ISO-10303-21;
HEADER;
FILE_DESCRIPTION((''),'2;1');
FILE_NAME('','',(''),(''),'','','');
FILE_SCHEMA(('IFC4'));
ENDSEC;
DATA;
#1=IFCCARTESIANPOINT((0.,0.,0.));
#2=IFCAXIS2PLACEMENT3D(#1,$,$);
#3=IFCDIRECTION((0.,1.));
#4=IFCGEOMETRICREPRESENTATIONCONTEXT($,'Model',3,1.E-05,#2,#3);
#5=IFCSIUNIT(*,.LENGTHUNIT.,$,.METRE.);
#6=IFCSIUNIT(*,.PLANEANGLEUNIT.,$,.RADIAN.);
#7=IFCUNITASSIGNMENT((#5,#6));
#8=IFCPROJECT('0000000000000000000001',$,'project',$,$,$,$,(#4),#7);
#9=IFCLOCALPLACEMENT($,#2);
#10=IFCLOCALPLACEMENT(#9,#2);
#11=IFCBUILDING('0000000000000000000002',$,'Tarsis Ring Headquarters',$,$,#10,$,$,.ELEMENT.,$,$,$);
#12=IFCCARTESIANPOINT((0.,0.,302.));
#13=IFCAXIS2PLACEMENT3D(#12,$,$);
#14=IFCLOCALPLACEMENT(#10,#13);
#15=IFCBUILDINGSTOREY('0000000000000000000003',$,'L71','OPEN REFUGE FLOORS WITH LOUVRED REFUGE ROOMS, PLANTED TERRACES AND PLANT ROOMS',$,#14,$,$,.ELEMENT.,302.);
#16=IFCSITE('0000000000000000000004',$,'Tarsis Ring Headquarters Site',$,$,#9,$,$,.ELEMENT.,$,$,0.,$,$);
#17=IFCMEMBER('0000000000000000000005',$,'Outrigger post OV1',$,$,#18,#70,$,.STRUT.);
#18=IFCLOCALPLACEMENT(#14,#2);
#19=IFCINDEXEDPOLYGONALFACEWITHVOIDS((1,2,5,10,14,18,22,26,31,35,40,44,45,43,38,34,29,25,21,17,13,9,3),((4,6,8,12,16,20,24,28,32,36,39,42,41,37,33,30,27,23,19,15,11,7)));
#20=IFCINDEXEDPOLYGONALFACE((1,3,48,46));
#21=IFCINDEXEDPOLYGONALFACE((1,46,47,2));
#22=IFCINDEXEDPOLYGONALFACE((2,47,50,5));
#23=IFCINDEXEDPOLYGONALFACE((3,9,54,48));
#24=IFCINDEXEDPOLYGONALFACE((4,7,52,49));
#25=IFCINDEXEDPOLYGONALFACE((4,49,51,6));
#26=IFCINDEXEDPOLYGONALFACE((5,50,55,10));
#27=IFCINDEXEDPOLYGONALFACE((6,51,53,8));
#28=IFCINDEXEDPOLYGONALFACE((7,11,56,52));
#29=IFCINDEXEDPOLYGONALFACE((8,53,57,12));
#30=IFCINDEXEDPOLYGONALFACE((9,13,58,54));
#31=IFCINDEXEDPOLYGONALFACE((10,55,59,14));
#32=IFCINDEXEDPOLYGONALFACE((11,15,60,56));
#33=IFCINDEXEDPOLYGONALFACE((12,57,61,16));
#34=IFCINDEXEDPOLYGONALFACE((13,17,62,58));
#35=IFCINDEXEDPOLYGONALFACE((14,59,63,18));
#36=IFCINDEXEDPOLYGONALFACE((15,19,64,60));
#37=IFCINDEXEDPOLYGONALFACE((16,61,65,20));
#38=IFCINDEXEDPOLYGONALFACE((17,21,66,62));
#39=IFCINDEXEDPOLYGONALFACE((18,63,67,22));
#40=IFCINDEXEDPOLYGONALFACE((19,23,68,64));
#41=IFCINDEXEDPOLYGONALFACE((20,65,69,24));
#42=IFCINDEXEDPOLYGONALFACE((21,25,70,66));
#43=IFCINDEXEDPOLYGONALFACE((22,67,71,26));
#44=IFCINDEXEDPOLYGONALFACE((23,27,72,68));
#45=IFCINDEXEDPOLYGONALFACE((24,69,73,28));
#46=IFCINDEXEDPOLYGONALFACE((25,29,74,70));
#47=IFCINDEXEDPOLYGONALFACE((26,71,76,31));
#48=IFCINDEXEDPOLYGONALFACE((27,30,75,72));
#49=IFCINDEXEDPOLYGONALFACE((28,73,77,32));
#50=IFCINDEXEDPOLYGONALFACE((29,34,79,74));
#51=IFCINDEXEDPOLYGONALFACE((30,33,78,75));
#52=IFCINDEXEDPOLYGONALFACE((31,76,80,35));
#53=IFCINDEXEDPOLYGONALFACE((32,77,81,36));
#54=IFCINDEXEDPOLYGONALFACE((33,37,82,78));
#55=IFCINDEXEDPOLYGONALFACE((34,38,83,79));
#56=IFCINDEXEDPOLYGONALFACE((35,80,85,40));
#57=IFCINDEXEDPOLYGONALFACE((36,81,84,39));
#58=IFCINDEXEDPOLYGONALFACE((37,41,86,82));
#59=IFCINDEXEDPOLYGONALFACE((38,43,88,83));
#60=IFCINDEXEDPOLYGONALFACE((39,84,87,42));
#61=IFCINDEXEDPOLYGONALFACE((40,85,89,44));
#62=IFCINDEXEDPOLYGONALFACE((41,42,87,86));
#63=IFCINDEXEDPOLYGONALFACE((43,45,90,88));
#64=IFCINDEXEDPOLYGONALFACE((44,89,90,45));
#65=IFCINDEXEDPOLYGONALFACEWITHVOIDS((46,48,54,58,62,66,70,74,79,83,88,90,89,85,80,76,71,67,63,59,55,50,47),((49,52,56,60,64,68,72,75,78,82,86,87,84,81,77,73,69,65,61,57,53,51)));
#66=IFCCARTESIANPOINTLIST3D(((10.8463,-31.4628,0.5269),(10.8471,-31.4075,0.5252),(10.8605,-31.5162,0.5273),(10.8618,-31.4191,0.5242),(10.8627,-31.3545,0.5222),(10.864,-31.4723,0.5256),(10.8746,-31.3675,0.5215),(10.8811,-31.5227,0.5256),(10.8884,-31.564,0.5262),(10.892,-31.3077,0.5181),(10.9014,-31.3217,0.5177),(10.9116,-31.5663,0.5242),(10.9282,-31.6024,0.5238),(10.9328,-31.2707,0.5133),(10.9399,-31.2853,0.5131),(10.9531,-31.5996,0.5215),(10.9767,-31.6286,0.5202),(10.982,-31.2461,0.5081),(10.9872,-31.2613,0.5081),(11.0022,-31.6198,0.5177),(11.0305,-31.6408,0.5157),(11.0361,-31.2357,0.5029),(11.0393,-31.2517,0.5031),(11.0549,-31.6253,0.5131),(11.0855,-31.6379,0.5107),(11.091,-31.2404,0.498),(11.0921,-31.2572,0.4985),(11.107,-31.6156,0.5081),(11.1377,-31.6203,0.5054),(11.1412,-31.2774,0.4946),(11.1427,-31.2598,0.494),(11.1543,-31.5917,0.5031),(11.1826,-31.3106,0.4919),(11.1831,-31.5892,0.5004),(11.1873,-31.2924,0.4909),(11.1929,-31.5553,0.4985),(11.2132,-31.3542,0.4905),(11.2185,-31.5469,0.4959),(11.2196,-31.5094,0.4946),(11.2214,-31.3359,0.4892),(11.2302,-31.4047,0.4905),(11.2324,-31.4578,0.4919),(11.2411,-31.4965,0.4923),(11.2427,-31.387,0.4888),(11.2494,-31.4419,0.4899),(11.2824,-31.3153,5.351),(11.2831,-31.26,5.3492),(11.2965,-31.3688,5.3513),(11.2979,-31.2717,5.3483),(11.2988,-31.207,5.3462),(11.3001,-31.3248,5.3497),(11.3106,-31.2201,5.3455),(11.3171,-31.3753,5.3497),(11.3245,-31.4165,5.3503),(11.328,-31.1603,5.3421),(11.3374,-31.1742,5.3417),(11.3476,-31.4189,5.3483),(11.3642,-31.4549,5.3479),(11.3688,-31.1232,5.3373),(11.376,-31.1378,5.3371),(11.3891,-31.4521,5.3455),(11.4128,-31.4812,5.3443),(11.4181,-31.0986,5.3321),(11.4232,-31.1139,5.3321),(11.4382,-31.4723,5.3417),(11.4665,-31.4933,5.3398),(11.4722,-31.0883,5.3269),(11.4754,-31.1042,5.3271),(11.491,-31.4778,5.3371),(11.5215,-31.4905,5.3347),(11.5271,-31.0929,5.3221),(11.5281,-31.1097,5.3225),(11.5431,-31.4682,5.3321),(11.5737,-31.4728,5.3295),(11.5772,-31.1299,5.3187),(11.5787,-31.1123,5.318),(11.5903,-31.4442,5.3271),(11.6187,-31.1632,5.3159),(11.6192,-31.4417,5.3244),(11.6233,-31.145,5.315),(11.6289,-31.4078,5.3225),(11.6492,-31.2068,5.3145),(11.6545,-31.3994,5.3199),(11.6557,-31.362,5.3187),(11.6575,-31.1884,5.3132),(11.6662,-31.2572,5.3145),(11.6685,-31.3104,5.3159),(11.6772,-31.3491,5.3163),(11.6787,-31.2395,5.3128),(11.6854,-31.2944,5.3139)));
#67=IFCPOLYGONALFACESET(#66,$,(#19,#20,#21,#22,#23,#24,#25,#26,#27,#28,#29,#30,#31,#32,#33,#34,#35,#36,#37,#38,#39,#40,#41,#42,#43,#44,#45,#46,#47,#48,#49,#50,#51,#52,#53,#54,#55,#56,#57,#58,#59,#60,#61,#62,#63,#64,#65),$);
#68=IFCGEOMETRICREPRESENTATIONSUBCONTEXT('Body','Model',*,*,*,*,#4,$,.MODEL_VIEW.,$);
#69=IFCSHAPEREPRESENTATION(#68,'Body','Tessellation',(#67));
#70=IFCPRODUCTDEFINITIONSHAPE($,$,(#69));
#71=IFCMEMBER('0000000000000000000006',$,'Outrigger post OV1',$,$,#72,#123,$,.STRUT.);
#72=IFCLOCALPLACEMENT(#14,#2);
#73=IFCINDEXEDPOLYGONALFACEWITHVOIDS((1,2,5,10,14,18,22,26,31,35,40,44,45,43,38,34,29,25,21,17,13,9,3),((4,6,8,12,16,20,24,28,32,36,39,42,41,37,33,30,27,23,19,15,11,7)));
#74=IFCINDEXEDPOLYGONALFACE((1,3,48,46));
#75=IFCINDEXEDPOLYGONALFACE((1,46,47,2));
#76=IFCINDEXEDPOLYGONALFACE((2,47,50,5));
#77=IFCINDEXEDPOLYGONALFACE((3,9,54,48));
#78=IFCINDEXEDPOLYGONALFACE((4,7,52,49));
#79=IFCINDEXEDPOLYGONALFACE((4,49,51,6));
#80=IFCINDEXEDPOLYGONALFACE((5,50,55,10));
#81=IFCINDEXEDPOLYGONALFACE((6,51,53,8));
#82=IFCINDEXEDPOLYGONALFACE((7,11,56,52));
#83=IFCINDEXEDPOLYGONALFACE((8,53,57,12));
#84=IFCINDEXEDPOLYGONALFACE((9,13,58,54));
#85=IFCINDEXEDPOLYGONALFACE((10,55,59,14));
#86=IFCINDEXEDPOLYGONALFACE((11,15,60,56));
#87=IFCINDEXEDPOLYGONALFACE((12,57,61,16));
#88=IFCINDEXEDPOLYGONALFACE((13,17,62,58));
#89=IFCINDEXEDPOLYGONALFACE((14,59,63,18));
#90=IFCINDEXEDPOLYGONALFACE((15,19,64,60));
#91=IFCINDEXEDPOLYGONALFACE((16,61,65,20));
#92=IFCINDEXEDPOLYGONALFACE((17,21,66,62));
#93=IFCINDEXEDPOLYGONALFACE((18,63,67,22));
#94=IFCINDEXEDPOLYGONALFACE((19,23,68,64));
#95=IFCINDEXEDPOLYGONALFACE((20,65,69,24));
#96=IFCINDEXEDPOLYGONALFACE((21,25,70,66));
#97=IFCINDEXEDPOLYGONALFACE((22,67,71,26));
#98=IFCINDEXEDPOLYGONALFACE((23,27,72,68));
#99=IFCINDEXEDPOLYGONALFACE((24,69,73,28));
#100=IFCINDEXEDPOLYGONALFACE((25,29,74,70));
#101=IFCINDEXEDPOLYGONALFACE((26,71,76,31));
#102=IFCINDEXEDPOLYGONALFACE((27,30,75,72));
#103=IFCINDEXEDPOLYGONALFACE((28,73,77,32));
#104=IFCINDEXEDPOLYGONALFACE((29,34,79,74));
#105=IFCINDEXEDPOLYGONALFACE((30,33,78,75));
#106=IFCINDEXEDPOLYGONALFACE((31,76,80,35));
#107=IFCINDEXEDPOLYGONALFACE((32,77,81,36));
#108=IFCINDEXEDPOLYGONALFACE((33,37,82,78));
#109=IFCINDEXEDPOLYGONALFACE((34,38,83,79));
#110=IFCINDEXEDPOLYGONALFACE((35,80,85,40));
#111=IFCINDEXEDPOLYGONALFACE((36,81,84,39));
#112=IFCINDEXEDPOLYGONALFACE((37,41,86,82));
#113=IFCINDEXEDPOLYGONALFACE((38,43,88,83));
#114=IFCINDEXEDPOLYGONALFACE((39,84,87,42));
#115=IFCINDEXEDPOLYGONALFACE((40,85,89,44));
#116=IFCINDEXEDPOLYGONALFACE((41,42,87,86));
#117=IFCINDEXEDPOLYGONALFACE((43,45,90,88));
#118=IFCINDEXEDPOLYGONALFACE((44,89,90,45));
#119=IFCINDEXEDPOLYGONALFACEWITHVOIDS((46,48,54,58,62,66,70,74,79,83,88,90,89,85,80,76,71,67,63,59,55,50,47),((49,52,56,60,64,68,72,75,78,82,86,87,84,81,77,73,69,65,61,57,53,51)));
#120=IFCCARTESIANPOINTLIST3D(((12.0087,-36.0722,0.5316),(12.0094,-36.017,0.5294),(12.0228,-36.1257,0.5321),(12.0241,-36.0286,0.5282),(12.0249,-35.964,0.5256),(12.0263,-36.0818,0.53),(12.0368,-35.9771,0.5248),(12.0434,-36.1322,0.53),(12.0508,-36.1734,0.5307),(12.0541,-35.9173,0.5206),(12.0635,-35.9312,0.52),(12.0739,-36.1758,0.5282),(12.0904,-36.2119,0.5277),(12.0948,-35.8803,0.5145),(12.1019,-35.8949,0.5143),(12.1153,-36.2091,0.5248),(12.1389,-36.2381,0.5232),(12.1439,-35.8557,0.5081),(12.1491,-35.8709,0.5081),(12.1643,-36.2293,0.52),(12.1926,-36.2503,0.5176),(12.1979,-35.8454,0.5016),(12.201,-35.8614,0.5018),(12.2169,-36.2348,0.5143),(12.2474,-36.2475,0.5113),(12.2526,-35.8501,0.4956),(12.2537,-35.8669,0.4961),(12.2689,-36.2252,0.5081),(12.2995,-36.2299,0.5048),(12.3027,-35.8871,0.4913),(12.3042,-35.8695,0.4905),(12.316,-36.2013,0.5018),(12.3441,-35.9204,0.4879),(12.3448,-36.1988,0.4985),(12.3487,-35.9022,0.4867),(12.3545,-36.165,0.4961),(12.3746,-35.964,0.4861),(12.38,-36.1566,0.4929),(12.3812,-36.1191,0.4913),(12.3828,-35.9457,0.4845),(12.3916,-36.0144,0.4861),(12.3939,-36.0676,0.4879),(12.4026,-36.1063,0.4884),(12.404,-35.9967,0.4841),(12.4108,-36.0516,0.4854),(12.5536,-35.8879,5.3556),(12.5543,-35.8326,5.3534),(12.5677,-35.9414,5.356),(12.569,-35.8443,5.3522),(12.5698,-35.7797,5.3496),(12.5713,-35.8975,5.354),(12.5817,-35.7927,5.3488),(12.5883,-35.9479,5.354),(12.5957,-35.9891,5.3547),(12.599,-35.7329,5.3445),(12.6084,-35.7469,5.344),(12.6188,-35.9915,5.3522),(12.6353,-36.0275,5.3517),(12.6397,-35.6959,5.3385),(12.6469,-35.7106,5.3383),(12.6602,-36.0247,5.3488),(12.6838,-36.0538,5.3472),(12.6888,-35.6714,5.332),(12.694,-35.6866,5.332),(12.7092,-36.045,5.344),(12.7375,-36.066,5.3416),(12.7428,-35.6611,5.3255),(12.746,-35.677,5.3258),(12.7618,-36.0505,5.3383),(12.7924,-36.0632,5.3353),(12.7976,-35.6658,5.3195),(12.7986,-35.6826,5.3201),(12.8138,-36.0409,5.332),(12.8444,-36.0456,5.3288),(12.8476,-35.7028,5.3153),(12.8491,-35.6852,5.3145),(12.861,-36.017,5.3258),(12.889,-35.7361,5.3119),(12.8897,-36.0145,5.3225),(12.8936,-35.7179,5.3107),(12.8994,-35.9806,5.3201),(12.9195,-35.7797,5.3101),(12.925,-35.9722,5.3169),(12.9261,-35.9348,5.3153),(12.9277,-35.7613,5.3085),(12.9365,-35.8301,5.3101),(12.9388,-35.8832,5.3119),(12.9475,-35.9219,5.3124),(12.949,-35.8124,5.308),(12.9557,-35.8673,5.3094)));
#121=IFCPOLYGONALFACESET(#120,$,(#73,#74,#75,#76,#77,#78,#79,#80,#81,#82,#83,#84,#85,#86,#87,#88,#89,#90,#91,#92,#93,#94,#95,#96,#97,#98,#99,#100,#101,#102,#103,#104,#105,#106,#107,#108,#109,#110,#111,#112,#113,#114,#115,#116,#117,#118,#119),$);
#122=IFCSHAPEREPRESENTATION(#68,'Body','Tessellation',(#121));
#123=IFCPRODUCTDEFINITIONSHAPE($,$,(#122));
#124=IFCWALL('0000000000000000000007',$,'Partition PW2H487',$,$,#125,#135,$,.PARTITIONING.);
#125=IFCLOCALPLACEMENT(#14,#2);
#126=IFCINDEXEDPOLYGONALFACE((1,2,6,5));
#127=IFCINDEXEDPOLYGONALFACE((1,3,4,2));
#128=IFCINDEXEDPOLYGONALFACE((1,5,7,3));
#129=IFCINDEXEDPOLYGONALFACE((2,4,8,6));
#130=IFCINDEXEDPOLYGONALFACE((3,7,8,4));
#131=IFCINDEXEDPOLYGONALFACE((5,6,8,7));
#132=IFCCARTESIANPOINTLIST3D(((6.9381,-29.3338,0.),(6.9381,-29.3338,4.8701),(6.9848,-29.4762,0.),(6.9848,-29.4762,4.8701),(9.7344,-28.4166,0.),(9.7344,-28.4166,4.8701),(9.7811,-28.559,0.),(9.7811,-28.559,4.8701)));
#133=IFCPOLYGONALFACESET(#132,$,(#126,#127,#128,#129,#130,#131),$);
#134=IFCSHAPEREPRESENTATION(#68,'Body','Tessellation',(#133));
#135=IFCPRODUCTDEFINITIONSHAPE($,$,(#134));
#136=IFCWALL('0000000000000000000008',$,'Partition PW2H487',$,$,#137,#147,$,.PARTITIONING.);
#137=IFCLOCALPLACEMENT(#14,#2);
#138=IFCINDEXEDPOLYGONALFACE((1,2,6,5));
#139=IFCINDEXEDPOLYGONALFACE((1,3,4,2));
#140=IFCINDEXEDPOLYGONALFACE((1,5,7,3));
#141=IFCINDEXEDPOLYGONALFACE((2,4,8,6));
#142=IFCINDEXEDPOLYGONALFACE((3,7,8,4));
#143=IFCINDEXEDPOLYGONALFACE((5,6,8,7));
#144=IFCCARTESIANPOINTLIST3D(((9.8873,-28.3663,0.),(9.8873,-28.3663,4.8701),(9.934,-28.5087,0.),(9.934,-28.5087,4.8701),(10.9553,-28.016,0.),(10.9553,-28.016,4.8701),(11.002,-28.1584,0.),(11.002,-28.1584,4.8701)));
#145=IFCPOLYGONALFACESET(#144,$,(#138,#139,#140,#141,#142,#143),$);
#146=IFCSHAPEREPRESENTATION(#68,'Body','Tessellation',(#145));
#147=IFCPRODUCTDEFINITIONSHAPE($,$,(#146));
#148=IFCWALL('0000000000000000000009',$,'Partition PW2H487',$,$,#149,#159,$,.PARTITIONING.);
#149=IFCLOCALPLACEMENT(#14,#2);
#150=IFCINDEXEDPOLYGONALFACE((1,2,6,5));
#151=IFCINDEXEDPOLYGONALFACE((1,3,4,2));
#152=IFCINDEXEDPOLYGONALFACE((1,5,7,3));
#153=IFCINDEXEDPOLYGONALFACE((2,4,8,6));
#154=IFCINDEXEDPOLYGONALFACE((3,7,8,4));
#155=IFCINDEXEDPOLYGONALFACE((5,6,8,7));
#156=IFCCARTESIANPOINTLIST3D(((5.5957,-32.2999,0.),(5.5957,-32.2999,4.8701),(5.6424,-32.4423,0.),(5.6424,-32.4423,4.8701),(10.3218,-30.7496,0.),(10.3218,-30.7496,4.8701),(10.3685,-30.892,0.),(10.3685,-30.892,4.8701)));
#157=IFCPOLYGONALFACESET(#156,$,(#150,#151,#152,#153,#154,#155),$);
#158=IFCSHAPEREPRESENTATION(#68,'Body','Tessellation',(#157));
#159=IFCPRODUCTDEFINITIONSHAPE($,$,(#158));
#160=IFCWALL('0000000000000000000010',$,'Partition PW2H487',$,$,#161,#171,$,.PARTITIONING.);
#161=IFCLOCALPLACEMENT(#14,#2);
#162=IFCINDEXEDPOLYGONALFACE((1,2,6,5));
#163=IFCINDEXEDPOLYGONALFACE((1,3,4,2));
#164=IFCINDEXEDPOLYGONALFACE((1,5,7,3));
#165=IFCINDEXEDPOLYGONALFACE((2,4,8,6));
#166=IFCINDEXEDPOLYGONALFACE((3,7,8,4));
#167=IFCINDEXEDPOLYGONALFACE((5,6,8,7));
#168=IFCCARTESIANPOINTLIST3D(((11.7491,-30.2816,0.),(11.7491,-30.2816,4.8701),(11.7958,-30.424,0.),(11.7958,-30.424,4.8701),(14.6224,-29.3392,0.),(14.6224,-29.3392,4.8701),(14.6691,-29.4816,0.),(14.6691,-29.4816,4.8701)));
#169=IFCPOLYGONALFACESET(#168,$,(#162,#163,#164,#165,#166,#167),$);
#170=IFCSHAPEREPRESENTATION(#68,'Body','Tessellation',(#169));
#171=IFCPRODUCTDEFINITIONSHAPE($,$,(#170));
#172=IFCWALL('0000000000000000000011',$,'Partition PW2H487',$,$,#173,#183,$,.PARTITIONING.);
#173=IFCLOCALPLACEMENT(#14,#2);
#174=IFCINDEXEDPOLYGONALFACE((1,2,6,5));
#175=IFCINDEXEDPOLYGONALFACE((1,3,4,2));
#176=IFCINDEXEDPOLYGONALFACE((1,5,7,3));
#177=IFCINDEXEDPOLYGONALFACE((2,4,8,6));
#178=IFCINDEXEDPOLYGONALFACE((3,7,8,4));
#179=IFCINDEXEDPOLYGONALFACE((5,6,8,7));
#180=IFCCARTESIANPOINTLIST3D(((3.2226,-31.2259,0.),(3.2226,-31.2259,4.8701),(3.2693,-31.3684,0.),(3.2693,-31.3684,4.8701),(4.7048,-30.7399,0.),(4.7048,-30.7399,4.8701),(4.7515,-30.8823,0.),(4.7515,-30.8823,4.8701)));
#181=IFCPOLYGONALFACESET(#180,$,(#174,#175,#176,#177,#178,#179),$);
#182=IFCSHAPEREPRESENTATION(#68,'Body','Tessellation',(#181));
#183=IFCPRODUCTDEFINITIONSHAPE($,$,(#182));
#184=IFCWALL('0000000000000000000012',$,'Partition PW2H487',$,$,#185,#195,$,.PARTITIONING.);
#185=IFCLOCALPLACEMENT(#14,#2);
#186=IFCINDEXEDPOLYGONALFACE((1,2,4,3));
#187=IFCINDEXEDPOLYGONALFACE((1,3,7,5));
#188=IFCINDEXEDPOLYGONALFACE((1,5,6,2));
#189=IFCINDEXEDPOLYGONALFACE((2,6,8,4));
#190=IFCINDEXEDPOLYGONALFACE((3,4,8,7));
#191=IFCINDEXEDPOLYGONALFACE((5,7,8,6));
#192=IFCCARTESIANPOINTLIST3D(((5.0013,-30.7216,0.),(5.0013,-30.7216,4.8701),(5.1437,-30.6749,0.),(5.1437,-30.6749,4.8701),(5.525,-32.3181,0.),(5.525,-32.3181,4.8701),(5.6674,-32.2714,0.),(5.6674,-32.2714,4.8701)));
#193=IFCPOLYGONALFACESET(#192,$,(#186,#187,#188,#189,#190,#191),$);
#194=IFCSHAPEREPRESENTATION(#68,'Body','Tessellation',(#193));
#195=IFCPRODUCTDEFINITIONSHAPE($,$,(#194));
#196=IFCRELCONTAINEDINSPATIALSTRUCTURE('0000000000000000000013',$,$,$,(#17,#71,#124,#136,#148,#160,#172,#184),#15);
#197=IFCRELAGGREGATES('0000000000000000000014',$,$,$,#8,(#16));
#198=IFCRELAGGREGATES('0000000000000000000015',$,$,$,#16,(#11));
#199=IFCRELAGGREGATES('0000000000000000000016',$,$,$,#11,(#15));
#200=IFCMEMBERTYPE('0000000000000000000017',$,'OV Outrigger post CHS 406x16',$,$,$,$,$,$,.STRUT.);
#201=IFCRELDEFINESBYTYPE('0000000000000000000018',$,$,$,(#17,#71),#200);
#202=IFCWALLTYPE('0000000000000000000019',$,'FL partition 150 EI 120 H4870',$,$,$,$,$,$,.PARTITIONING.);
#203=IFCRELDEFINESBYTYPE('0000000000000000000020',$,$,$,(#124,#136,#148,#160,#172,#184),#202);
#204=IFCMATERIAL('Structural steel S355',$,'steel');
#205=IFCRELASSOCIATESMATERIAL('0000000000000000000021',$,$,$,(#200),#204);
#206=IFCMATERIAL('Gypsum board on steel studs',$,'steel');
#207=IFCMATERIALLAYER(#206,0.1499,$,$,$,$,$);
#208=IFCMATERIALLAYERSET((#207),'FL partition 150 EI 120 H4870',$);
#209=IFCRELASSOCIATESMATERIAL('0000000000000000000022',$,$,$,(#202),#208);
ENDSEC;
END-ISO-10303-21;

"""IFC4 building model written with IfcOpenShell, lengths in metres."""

from ifc_helpers import new_model, si_unit, direction, frame, frame_2d, origin, origin_2d, place, context, subcontext, project, spatial, rectangle, hollow_circle, extrude, material, layer, layer_set, material_profile, profile_set, type_object, element, save


model = new_model("IFC4")

# Units and contexts
model_context = context("Model", 3, precision=1e-05, world=origin(), true_north=direction((0.0, 1.0)))
body_context = subcontext(model_context, "Body", "Model", "MODEL_VIEW")
ifc_project = project(units=[si_unit("LENGTHUNIT", "METRE"), si_unit("PLANEANGLEUNIT", "RADIAN")], contexts=[model_context])

# Site, building, storey
site_placement = place(None, origin())
site = spatial("IfcSite", under=ifc_project, at=site_placement, Name="Tarsis Ring Headquarters Site", CompositionType="ELEMENT", RefElevation=0.0)
building_placement = place(site_placement, origin())
building = spatial("IfcBuilding", under=site, at=building_placement, Name="Tarsis Ring Headquarters", CompositionType="ELEMENT")
storey_placement = place(building_placement, frame((0.0, 0.0, 302.0)))
storey = spatial("IfcBuildingStorey", under=building, at=storey_placement, Name="L71", Description="OPEN REFUGE FLOORS WITH LOUVRED REFUGE ROOMS, PLANTED TERRACES AND PLANT ROOMS", CompositionType="ELEMENT", Elevation=302.0)

# Members
ifc_material_1 = material(Name="Structural steel S355", Category="steel")
ifc_material_profile_1 = material_profile(ifc_material_1, hollow_circle(Radius=0.2031, WallThickness=0.0161, at=origin_2d()), Name="CHS 406x16")
ifc_profile_set_1 = profile_set([ifc_material_profile_1], Name="Structural steel S355")
member_type_1 = type_object("IfcMemberType", Name="OV Outrigger post CHS 406x16", PredefinedType="STRUT", material=ifc_profile_set_1)
member_1_placement = place(storey_placement, frame((11.0471, -31.4385, 0.5081), z_axis=(0.08998, 0.03043, 0.995479), x_axis=(-0.320362, 0.947295, 0.0)))
element("IfcMember", 1, at=member_1_placement, inside=storey, type_object=member_type_1, Name="Outrigger post OV1", PredefinedType="STRUT", context=body_context, shape_type="SweptSolid", body=[
    extrude(hollow_circle(Radius=0.2031, WallThickness=0.0161, at=origin_2d()), origin(), (0.0, 0.0, 1.0), 4.8459),
])
member_2_placement = place(storey_placement, frame((12.209, -36.0481, 0.5081), z_axis=(0.112166, 0.037942, 0.992965), x_axis=(-0.320426, 0.947273, 0.0)))
element("IfcMember", 2, at=member_2_placement, inside=storey, type_object=member_type_1, Name="Outrigger post OV1", PredefinedType="STRUT", context=body_context, shape_type="SweptSolid", body=[
    extrude(hollow_circle(Radius=0.2031, WallThickness=0.0161, at=origin_2d()), origin(), (0.0, 0.0, 1.0), 4.8582),
])

# Walls
ifc_material_2 = material(Name="Gypsum board on steel studs", Category="steel")
ifc_layer_1 = layer(ifc_material_2, 0.1499)
ifc_layer_set_1 = layer_set([ifc_layer_1], Name="FL partition 150 EI 120 H4870")
wall_type_1 = type_object("IfcWallType", Name="FL partition 150 EI 120 H4870", PredefinedType="PARTITIONING", material=ifc_layer_set_1)
wall_1_placement = place(storey_placement, frame((6.9614, -29.405, 0.0), z_axis=(0.0, 0.0, 1.0), x_axis=(0.95019, 0.31167, 0.0)))
element("IfcWall", 3, at=wall_1_placement, inside=storey, type_object=wall_type_1, Name="Partition PW2H487", PredefinedType="PARTITIONING", context=body_context, shape_type="SweptSolid", body=[
    extrude(rectangle(XDim=2.9429, YDim=0.1499, at=frame_2d((1.4714, 0.0))), origin(), (0.0, 0.0, 1.0), 4.8701),
])
wall_2_placement = place(storey_placement, frame((9.9106, -28.4375, 0.0), z_axis=(0.0, 0.0, 1.0), x_axis=(0.950193, 0.311663, 0.0)))
element("IfcWall", 4, at=wall_2_placement, inside=storey, type_object=wall_type_1, Name="Partition PW2H487", PredefinedType="PARTITIONING", context=body_context, shape_type="SweptSolid", body=[
    extrude(rectangle(XDim=1.124, YDim=0.1499, at=frame_2d((0.562, 0.0))), origin(), (0.0, 0.0, 1.0), 4.8701),
])
wall_3_placement = place(storey_placement, frame((5.6191, -32.3711, 0.0), z_axis=(0.0, 0.0, 1.0), x_axis=(0.950184, 0.311689, 0.0)))
element("IfcWall", 5, at=wall_3_placement, inside=storey, type_object=wall_type_1, Name="Partition PW2H487", PredefinedType="PARTITIONING", context=body_context, shape_type="SweptSolid", body=[
    extrude(rectangle(XDim=4.9739, YDim=0.1499, at=frame_2d((2.4868, 0.0))), origin(), (0.0, 0.0, 1.0), 4.8701),
])
wall_4_placement = place(storey_placement, frame((11.7725, -30.3528, 0.0), z_axis=(0.0, 0.0, 1.0), x_axis=(0.950198, 0.311646, 0.0)))
element("IfcWall", 6, at=wall_4_placement, inside=storey, type_object=wall_type_1, Name="Partition PW2H487", PredefinedType="PARTITIONING", context=body_context, shape_type="SweptSolid", body=[
    extrude(rectangle(XDim=3.0239, YDim=0.1499, at=frame_2d((1.512, 0.0))), origin(), (0.0, 0.0, 1.0), 4.8701),
])
wall_5_placement = place(storey_placement, frame((3.2461, -31.2971, 0.0), z_axis=(0.0, 0.0, 1.0), x_axis=(0.950206, 0.311622, 0.0)))
element("IfcWall", 7, at=wall_5_placement, inside=storey, type_object=wall_type_1, Name="Partition PW2H487", PredefinedType="PARTITIONING", context=body_context, shape_type="SweptSolid", body=[
    extrude(rectangle(XDim=1.5598, YDim=0.1499, at=frame_2d((0.7798, 0.0))), origin(), (0.0, 0.0, 1.0), 4.8701),
])
wall_6_placement = place(storey_placement, frame((5.0725, -30.6982, 0.0), z_axis=(0.0, 0.0, 1.0), x_axis=(0.31169, -0.950184, 0.0)))
element("IfcWall", 8, at=wall_6_placement, inside=storey, type_object=wall_type_1, Name="Partition PW2H487", PredefinedType="PARTITIONING", context=body_context, shape_type="SweptSolid", body=[
    extrude(rectangle(XDim=1.6802, YDim=0.1499, at=frame_2d((0.8401, 0.0))), origin(), (0.0, 0.0, 1.0), 4.8701),
])

save(model, "model.ifc")
